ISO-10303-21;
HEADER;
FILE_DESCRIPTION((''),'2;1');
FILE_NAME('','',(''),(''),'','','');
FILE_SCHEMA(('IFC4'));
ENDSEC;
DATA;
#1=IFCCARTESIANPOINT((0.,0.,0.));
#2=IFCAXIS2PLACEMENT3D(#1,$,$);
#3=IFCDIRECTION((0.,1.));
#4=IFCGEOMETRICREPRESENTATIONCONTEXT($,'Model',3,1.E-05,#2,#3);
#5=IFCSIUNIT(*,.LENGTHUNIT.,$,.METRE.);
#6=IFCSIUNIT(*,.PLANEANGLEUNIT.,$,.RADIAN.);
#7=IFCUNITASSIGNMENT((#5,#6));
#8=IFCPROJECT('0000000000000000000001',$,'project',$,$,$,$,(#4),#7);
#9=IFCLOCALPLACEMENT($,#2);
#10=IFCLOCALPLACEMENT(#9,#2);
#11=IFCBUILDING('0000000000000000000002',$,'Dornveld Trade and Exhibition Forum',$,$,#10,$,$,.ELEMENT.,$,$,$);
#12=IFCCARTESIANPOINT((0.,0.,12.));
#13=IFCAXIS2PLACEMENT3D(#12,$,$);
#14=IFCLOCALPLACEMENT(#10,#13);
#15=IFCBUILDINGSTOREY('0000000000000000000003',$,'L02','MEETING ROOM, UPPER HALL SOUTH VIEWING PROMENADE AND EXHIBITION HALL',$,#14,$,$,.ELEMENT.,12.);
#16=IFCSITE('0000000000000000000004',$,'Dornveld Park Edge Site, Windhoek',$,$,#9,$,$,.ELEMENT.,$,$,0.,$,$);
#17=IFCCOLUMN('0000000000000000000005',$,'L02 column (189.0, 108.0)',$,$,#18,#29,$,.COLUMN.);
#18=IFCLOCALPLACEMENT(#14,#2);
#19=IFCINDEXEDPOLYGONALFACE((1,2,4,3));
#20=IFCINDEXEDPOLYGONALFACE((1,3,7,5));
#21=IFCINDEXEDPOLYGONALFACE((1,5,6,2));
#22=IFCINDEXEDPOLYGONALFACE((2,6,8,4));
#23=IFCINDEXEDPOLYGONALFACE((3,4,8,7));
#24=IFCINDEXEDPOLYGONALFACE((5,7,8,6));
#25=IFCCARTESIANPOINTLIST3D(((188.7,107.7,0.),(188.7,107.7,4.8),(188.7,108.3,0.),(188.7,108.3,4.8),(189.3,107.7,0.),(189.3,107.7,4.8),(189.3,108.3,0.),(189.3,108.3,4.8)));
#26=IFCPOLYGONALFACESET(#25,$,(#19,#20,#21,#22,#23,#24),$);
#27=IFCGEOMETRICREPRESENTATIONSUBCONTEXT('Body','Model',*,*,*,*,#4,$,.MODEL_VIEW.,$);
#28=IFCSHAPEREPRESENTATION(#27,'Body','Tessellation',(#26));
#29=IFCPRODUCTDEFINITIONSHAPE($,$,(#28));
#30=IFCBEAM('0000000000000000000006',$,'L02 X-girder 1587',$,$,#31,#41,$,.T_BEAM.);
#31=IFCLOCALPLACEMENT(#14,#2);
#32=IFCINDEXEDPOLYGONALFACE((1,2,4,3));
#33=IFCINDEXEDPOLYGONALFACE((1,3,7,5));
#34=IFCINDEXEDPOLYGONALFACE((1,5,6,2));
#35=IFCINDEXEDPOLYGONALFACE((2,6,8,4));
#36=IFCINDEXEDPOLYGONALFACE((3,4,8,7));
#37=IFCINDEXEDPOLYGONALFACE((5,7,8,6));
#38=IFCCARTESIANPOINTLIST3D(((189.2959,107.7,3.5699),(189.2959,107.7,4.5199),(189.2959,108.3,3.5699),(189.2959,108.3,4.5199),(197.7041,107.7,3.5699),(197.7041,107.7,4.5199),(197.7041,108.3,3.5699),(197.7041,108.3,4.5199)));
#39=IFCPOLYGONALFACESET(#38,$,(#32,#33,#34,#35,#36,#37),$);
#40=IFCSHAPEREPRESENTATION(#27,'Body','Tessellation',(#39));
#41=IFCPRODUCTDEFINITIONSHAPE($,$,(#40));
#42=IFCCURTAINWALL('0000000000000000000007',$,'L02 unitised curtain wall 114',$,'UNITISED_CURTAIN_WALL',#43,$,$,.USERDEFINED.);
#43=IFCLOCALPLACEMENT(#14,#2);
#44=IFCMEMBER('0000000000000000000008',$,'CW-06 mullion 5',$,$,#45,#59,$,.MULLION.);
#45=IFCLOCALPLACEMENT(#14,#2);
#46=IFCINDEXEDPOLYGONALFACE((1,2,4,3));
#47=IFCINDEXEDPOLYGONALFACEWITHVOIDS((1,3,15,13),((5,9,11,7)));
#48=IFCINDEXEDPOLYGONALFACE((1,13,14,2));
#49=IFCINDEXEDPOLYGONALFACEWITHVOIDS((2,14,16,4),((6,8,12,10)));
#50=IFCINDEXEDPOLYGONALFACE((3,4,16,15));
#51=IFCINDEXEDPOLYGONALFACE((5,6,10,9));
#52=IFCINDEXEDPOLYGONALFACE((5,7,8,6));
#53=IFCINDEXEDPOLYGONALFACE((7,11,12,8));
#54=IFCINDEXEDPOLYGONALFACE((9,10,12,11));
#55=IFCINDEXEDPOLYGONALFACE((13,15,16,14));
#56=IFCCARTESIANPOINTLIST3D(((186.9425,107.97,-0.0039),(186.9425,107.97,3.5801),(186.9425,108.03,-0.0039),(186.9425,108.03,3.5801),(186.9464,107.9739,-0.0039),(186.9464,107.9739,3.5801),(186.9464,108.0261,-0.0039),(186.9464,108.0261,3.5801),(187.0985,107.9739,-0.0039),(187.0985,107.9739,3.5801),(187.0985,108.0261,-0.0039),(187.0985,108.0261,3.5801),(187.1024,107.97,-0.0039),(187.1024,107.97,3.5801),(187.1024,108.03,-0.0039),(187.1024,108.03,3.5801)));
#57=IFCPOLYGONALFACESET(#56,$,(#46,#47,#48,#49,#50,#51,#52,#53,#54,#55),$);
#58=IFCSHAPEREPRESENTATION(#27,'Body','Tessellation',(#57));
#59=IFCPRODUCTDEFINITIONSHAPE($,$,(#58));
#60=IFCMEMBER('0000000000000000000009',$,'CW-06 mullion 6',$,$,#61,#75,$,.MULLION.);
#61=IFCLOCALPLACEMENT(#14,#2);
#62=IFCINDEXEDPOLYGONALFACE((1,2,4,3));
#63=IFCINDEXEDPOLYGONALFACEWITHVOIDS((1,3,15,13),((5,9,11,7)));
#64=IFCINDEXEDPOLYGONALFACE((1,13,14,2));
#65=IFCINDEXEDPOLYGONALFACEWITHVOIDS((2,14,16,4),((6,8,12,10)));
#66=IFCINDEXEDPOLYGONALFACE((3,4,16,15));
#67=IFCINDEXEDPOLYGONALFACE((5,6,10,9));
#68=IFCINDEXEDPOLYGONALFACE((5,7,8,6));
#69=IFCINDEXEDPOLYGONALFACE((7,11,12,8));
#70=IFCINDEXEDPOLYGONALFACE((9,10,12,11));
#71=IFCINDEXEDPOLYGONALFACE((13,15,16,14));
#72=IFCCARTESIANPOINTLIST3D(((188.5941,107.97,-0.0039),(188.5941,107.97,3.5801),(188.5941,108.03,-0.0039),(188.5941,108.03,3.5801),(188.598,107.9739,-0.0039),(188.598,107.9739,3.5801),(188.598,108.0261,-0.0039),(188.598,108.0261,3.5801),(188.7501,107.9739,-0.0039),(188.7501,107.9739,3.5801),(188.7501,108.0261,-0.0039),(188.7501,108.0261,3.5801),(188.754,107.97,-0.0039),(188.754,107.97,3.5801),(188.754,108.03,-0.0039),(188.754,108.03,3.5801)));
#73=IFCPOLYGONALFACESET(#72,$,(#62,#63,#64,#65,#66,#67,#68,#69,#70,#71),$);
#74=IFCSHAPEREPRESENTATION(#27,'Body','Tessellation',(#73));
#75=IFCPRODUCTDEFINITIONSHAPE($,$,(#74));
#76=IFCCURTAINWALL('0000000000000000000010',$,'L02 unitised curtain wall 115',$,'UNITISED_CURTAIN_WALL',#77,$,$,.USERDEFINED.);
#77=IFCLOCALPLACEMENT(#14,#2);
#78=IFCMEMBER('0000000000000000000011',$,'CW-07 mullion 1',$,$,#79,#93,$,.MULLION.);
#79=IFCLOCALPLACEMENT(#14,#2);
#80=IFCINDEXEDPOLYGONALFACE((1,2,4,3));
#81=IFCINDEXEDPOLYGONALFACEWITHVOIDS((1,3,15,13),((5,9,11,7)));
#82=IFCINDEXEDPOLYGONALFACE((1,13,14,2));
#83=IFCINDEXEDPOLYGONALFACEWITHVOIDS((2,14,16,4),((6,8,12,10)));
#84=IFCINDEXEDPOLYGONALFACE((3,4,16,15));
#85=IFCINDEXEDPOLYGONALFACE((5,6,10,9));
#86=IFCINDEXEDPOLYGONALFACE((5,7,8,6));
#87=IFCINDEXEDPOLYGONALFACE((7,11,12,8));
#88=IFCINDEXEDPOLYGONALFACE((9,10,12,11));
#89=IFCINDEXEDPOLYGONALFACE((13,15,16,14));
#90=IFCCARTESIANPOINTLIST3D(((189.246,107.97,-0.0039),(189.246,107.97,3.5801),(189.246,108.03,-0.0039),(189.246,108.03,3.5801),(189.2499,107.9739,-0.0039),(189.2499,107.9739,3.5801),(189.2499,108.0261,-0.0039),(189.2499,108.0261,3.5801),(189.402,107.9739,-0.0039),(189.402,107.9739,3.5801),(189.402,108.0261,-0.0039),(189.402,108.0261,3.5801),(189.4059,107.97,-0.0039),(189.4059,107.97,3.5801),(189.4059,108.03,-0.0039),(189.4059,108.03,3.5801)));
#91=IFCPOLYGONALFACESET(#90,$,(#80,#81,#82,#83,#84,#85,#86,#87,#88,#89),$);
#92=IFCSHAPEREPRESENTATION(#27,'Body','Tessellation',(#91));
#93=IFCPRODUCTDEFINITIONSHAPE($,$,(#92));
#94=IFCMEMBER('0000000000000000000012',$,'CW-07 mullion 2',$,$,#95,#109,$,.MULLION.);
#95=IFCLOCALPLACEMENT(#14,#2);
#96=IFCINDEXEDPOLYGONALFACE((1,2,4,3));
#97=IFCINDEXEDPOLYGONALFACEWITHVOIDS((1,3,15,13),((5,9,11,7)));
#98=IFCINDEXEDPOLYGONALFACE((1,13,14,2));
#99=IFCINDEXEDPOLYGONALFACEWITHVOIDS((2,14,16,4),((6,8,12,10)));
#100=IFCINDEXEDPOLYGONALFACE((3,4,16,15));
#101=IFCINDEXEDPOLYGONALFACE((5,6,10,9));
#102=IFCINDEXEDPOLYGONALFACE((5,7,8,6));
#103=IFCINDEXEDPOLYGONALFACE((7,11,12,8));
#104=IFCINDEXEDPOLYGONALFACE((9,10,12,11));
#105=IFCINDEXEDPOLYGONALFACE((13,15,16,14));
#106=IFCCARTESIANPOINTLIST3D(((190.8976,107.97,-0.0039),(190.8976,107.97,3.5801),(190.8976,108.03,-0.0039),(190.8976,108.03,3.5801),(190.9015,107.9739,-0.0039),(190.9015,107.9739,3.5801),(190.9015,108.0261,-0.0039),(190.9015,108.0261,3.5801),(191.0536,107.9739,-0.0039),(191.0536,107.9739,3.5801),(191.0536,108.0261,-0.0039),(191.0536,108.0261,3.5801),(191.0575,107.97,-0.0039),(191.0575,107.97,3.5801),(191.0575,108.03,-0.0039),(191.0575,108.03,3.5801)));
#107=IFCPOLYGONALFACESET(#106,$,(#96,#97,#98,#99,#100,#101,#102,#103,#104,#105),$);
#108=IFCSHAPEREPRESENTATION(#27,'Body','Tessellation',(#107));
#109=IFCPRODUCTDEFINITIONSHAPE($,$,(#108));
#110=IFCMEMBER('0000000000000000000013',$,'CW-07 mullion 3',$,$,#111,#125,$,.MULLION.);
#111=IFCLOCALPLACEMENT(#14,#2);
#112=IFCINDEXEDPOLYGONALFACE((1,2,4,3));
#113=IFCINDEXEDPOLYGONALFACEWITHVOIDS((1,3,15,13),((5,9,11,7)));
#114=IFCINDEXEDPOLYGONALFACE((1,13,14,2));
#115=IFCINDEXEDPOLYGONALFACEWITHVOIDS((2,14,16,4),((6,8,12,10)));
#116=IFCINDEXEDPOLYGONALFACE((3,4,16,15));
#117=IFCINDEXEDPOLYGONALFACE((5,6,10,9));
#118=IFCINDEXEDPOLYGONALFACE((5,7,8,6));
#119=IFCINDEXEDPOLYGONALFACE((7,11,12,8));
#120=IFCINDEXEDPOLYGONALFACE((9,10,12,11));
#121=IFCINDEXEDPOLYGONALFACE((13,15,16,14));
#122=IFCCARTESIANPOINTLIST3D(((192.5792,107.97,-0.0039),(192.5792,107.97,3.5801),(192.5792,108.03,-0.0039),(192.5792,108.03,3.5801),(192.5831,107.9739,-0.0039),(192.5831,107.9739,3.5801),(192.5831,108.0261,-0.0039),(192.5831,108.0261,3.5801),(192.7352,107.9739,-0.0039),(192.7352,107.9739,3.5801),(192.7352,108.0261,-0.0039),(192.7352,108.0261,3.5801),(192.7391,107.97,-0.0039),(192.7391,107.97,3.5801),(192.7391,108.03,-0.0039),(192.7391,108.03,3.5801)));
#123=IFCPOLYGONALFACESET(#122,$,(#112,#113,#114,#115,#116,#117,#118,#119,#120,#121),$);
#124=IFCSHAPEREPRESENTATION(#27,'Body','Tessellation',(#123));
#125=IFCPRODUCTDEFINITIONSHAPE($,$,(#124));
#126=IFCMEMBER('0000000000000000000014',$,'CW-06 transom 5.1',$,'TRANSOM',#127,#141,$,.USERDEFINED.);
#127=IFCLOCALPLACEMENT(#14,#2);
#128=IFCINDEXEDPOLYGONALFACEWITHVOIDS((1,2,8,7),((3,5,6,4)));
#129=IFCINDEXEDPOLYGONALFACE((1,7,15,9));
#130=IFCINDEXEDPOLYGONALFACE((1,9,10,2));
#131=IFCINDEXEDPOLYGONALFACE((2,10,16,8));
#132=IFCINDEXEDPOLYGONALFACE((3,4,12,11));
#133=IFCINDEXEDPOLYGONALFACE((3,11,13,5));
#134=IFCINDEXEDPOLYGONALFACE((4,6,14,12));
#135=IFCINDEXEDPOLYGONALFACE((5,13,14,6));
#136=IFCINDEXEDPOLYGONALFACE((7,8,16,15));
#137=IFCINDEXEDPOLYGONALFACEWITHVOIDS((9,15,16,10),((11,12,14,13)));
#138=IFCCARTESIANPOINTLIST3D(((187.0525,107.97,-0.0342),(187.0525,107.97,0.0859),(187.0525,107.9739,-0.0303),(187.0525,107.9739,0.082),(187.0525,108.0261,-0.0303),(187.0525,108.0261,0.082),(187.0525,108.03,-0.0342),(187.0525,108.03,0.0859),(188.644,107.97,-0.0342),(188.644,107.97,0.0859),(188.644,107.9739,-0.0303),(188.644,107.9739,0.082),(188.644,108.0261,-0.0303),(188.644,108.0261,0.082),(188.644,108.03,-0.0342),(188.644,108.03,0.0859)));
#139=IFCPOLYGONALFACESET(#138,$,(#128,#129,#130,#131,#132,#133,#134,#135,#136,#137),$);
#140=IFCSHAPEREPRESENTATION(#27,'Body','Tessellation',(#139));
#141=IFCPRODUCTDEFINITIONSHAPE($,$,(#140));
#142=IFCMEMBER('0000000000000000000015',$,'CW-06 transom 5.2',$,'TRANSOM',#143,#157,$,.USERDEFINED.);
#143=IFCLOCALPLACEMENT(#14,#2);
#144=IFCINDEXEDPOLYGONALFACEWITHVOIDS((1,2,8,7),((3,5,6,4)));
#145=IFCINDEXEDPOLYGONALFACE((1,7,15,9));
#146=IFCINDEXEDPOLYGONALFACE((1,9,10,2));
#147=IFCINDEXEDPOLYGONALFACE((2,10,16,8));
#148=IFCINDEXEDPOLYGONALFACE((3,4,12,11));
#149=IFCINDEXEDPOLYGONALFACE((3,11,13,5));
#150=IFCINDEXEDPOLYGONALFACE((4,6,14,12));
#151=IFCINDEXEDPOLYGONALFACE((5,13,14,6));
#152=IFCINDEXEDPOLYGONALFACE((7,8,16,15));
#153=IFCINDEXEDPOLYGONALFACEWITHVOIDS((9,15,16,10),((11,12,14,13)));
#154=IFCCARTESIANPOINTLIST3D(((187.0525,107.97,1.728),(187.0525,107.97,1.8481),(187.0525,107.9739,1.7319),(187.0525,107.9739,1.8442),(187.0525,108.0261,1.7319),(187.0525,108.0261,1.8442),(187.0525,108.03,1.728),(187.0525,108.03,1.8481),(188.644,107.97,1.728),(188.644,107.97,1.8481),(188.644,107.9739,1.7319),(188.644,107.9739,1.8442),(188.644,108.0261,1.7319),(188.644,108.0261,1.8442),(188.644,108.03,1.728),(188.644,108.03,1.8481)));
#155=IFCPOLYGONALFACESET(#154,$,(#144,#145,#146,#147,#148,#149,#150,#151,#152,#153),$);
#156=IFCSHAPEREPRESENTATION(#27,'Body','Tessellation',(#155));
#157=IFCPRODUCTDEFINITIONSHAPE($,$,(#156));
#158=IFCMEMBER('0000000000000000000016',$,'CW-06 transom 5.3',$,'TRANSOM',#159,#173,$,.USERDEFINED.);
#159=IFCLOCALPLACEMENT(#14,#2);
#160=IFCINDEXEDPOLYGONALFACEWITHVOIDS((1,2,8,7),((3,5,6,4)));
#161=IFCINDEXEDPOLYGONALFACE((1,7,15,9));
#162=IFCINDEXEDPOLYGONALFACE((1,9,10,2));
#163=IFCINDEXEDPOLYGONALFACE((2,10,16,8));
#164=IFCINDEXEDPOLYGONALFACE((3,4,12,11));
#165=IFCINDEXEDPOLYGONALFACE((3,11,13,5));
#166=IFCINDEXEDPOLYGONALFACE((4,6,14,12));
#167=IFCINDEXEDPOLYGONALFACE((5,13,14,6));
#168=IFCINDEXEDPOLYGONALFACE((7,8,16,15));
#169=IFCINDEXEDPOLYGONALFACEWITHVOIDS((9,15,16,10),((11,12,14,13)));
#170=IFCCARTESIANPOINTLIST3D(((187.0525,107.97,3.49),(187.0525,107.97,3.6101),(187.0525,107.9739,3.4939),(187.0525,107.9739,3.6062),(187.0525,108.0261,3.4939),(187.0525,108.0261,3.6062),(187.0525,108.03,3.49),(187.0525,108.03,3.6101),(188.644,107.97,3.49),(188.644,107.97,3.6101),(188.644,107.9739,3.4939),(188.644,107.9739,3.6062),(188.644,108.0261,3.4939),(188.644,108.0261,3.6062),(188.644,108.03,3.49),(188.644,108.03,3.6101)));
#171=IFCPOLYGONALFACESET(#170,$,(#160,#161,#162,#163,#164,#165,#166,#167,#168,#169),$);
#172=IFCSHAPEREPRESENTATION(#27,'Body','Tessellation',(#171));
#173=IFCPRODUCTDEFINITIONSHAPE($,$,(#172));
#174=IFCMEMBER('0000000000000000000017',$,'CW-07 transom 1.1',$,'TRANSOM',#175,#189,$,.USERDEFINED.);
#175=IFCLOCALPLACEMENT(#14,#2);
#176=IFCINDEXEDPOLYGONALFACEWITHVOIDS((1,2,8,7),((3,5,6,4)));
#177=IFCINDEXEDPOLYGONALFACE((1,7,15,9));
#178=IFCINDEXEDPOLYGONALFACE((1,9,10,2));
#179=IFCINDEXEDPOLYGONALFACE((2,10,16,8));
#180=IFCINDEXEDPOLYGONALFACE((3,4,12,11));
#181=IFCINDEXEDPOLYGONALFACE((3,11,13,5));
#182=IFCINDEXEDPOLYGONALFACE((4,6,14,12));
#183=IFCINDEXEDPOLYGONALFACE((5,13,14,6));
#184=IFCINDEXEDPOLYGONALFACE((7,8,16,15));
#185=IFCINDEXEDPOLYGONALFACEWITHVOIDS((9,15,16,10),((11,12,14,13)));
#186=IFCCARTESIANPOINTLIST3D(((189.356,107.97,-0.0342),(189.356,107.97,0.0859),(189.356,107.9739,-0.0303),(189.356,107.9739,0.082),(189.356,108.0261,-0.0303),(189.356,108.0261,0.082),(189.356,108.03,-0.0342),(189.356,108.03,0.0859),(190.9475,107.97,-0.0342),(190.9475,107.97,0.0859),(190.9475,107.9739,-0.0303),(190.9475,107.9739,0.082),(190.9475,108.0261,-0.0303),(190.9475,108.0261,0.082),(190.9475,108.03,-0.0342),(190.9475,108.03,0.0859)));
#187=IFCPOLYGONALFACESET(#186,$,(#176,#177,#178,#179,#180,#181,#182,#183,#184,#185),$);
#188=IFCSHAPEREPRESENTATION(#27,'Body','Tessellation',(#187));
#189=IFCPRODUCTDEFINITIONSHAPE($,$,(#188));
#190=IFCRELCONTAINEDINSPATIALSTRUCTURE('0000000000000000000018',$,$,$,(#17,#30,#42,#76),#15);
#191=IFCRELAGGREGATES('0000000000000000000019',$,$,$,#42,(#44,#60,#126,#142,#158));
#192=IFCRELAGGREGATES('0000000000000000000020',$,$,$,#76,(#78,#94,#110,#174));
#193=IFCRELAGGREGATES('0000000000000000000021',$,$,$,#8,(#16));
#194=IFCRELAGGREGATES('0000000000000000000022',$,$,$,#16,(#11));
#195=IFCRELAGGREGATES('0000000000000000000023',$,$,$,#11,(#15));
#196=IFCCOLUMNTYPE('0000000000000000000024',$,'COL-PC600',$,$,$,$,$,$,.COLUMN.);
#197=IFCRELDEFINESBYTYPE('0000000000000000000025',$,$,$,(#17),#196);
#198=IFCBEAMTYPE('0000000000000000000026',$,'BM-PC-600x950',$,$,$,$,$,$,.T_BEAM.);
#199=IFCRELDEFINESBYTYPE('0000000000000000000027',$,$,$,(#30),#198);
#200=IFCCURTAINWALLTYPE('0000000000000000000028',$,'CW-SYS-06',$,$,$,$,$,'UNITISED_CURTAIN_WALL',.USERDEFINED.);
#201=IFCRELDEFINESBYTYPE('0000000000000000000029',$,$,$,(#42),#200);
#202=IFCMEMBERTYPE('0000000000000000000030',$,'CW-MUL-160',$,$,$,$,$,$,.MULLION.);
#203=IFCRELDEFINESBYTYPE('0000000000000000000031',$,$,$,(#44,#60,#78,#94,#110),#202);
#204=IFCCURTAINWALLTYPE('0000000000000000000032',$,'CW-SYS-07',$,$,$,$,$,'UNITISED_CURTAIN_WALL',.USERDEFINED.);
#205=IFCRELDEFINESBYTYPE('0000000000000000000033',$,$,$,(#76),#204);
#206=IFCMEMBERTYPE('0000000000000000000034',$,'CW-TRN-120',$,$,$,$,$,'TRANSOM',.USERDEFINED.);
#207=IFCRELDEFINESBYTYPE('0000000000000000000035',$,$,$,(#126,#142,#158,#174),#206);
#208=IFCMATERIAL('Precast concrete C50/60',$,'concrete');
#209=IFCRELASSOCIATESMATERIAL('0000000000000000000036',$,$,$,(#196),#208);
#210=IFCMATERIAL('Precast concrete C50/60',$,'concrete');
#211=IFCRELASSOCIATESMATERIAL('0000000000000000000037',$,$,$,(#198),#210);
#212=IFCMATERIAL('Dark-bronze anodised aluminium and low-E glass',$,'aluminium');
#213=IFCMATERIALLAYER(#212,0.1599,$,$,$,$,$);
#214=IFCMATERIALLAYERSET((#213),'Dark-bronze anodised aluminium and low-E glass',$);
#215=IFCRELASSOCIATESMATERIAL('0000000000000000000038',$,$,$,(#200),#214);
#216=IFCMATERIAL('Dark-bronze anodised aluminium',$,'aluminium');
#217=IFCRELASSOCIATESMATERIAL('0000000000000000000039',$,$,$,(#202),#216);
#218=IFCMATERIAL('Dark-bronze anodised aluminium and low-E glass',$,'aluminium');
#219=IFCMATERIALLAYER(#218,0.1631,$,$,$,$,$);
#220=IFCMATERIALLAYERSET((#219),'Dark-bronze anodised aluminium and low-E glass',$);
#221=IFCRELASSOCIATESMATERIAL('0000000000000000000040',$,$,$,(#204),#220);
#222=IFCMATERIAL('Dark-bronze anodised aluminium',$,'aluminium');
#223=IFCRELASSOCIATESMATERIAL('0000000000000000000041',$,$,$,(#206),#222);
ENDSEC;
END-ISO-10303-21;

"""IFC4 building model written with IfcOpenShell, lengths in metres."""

from ifc_helpers import new_model, si_unit, direction, frame, origin, origin_2d, place, context, subcontext, project, spatial, rectangle, hollow_rectangle, extrude, material, layer, layer_set, material_profile, profile_set, type_object, element, aggregate, save


model = new_model("IFC4")

# Units and contexts
model_context = context("Model", 3, precision=1e-05, world=origin(), true_north=direction((0.0, 1.0)))
body_context = subcontext(model_context, "Body", "Model", "MODEL_VIEW")
ifc_project = project(units=[si_unit("LENGTHUNIT", "METRE"), si_unit("PLANEANGLEUNIT", "RADIAN")], contexts=[model_context])

# Site, building, storey
site_placement = place(None, origin())
site = spatial("IfcSite", under=ifc_project, at=site_placement, Name="Dornveld Park Edge Site, Windhoek", CompositionType="ELEMENT", RefElevation=0.0)
building_placement = place(site_placement, origin())
building = spatial("IfcBuilding", under=site, at=building_placement, Name="Dornveld Trade and Exhibition Forum", CompositionType="ELEMENT")
storey_placement = place(building_placement, frame((0.0, 0.0, 12.0)))
storey = spatial("IfcBuildingStorey", under=building, at=storey_placement, Name="L02", Description="MEETING ROOM, UPPER HALL SOUTH VIEWING PROMENADE AND EXHIBITION HALL", CompositionType="ELEMENT", Elevation=12.0)

# Column
ifc_material_1 = material(Name="Precast concrete C50/60", Category="concrete")
ifc_material_profile_1 = material_profile(ifc_material_1, rectangle(XDim=0.6001, YDim=0.6001, at=origin_2d()), Name="PC-COL 600x600")
ifc_profile_set_1 = profile_set([ifc_material_profile_1], Name="Precast concrete C50/60")
column_type = type_object("IfcColumnType", Name="COL-PC600", PredefinedType="COLUMN", material=ifc_profile_set_1)
column_placement = place(storey_placement, frame((189.0, 108.0, 0.0), z_axis=(0.0, 0.0, 1.0), x_axis=(1.0, 0.0, 0.0)))
element("IfcColumn", 1, at=column_placement, inside=storey, type_object=column_type, Name="L02 column (189.0, 108.0)", PredefinedType="COLUMN", context=body_context, shape_type="SweptSolid", body=[
    extrude(rectangle(XDim=0.6001, YDim=0.6001, at=origin_2d()), origin(), (0.0, 0.0, 1.0), 4.8),
])

# Beam
ifc_material_2 = material(Name="Precast concrete C50/60", Category="concrete")
ifc_material_profile_2 = material_profile(ifc_material_2, rectangle(XDim=0.6001, YDim=0.95, at=origin_2d()), Name="PC-GIR 600x950")
ifc_profile_set_2 = profile_set([ifc_material_profile_2], Name="Precast concrete C50/60")
beam_type = type_object("IfcBeamType", Name="BM-PC-600x950", PredefinedType="T_BEAM", material=ifc_profile_set_2)
beam_placement = place(storey_placement, frame((189.2959, 108.0, 4.0449), z_axis=(1.0, 0.0, 0.0), x_axis=(0.0, 1.0, 0.0)))
element("IfcBeam", 2, at=beam_placement, inside=storey, type_object=beam_type, Name="L02 X-girder 1587", PredefinedType="T_BEAM", context=body_context, shape_type="SweptSolid", body=[
    extrude(rectangle(XDim=0.6001, YDim=0.95, at=origin_2d()), origin(), (0.0, 0.0, 1.0), 8.4082),
])

# Curtain walls, members
ifc_material_3 = material(Name="Dark-bronze anodised aluminium and low-E glass", Category="aluminium")
ifc_layer_1 = layer(ifc_material_3, 0.1599)
ifc_layer_set_1 = layer_set([ifc_layer_1], Name="Dark-bronze anodised aluminium and low-E glass")
curtain_wall_type_1 = type_object("IfcCurtainWallType", Name="CW-SYS-06", ElementType="UNITISED_CURTAIN_WALL", PredefinedType="USERDEFINED", material=ifc_layer_set_1)
curtain_wall_1_placement = place(storey_placement, origin())
curtain_wall_1 = element("IfcCurtainWall", 3, at=curtain_wall_1_placement, inside=storey, type_object=curtain_wall_type_1, Name="L02 unitised curtain wall 114", ObjectType="UNITISED_CURTAIN_WALL", PredefinedType="USERDEFINED")
ifc_material_4 = material(Name="Dark-bronze anodised aluminium", Category="aluminium")
ifc_material_profile_3 = material_profile(ifc_material_4, hollow_rectangle(XDim=0.0601, YDim=0.1599, WallThickness=0.0039, at=origin_2d()), Name="RHS 160x60x4")
ifc_profile_set_3 = profile_set([ifc_material_profile_3], Name="Dark-bronze anodised aluminium")
member_type_1 = type_object("IfcMemberType", Name="CW-MUL-160", PredefinedType="MULLION", material=ifc_profile_set_3)
member_1_placement = place(storey_placement, frame((187.0225, 108.0, -0.0039), z_axis=(0.0, 0.0, 1.0), x_axis=(0.0, 1.0, 0.0)))
member_1 = element("IfcMember", 4, at=member_1_placement, type_object=member_type_1, Name="CW-06 mullion 5", PredefinedType="MULLION", context=body_context, shape_type="SweptSolid", body=[
    extrude(hollow_rectangle(XDim=0.0601, YDim=0.1599, WallThickness=0.0039, at=origin_2d()), origin(), (0.0, 0.0, 1.0), 3.584),
])
member_2_placement = place(storey_placement, frame((188.6741, 108.0, -0.0039), z_axis=(0.0, 0.0, 1.0), x_axis=(0.0, 1.0, 0.0)))
member_2 = element("IfcMember", 5, at=member_2_placement, type_object=member_type_1, Name="CW-06 mullion 6", PredefinedType="MULLION", context=body_context, shape_type="SweptSolid", body=[
    extrude(hollow_rectangle(XDim=0.0601, YDim=0.1599, WallThickness=0.0039, at=origin_2d()), origin(), (0.0, 0.0, 1.0), 3.584),
])
ifc_material_5 = material(Name="Dark-bronze anodised aluminium and low-E glass", Category="aluminium")
ifc_layer_2 = layer(ifc_material_5, 0.1631)
ifc_layer_set_2 = layer_set([ifc_layer_2], Name="Dark-bronze anodised aluminium and low-E glass")
curtain_wall_type_2 = type_object("IfcCurtainWallType", Name="CW-SYS-07", ElementType="UNITISED_CURTAIN_WALL", PredefinedType="USERDEFINED", material=ifc_layer_set_2)
curtain_wall_2_placement = place(storey_placement, origin())
curtain_wall_2 = element("IfcCurtainWall", 6, at=curtain_wall_2_placement, inside=storey, type_object=curtain_wall_type_2, Name="L02 unitised curtain wall 115", ObjectType="UNITISED_CURTAIN_WALL", PredefinedType="USERDEFINED")
member_3_placement = place(storey_placement, frame((189.3259, 108.0, -0.0039), z_axis=(0.0, 0.0, 1.0), x_axis=(0.0, 1.0, 0.0)))
member_3 = element("IfcMember", 7, at=member_3_placement, type_object=member_type_1, Name="CW-07 mullion 1", PredefinedType="MULLION", context=body_context, shape_type="SweptSolid", body=[
    extrude(hollow_rectangle(XDim=0.0601, YDim=0.1599, WallThickness=0.0039, at=origin_2d()), origin(), (0.0, 0.0, 1.0), 3.584),
])
member_4_placement = place(storey_placement, frame((190.9775, 108.0, -0.0039), z_axis=(0.0, 0.0, 1.0), x_axis=(0.0, 1.0, 0.0)))
member_4 = element("IfcMember", 8, at=member_4_placement, type_object=member_type_1, Name="CW-07 mullion 2", PredefinedType="MULLION", context=body_context, shape_type="SweptSolid", body=[
    extrude(hollow_rectangle(XDim=0.0601, YDim=0.1599, WallThickness=0.0039, at=origin_2d()), origin(), (0.0, 0.0, 1.0), 3.584),
])
member_5_placement = place(storey_placement, frame((192.6592, 108.0, -0.0039), z_axis=(0.0, 0.0, 1.0), x_axis=(0.0, 1.0, 0.0)))
member_5 = element("IfcMember", 9, at=member_5_placement, type_object=member_type_1, Name="CW-07 mullion 3", PredefinedType="MULLION", context=body_context, shape_type="SweptSolid", body=[
    extrude(hollow_rectangle(XDim=0.0601, YDim=0.1599, WallThickness=0.0039, at=origin_2d()), origin(), (0.0, 0.0, 1.0), 3.584),
])

# Members
ifc_material_6 = material(Name="Dark-bronze anodised aluminium", Category="aluminium")
ifc_material_profile_4 = material_profile(ifc_material_6, hollow_rectangle(XDim=0.0601, YDim=0.1201, WallThickness=0.0039, at=origin_2d()), Name="RHS 120x60x4")
ifc_profile_set_4 = profile_set([ifc_material_profile_4], Name="Dark-bronze anodised aluminium")
member_type_2 = type_object("IfcMemberType", Name="CW-TRN-120", ElementType="TRANSOM", PredefinedType="USERDEFINED", material=ifc_profile_set_4)
member_6_placement = place(storey_placement, frame((187.0525, 108.0, 0.0259), z_axis=(1.0, 0.0, 0.0), x_axis=(0.0, 1.0, 0.0)))
member_6 = element("IfcMember", 10, at=member_6_placement, type_object=member_type_2, Name="CW-06 transom 5.1", ObjectType="TRANSOM", PredefinedType="USERDEFINED", context=body_context, shape_type="SweptSolid", body=[
    extrude(hollow_rectangle(XDim=0.0601, YDim=0.1201, WallThickness=0.0039, at=origin_2d()), origin(), (0.0, 0.0, 1.0), 1.5916),
])
member_7_placement = place(storey_placement, frame((187.0525, 108.0, 1.7881), z_axis=(1.0, 0.0, 0.0), x_axis=(0.0, 1.0, 0.0)))
member_7 = element("IfcMember", 11, at=member_7_placement, type_object=member_type_2, Name="CW-06 transom 5.2", ObjectType="TRANSOM", PredefinedType="USERDEFINED", context=body_context, shape_type="SweptSolid", body=[
    extrude(hollow_rectangle(XDim=0.0601, YDim=0.1201, WallThickness=0.0039, at=origin_2d()), origin(), (0.0, 0.0, 1.0), 1.5916),
])
member_8_placement = place(storey_placement, frame((187.0525, 108.0, 3.55), z_axis=(1.0, 0.0, 0.0), x_axis=(0.0, 1.0, 0.0)))
member_8 = element("IfcMember", 12, at=member_8_placement, type_object=member_type_2, Name="CW-06 transom 5.3", ObjectType="TRANSOM", PredefinedType="USERDEFINED", context=body_context, shape_type="SweptSolid", body=[
    extrude(hollow_rectangle(XDim=0.0601, YDim=0.1201, WallThickness=0.0039, at=origin_2d()), origin(), (0.0, 0.0, 1.0), 1.5916),
])
member_9_placement = place(storey_placement, frame((189.356, 108.0, 0.0259), z_axis=(1.0, 0.0, 0.0), x_axis=(0.0, 1.0, 0.0)))
member_9 = element("IfcMember", 13, at=member_9_placement, type_object=member_type_2, Name="CW-07 transom 1.1", ObjectType="TRANSOM", PredefinedType="USERDEFINED", context=body_context, shape_type="SweptSolid", body=[
    extrude(hollow_rectangle(XDim=0.0601, YDim=0.1201, WallThickness=0.0039, at=origin_2d()), origin(), (0.0, 0.0, 1.0), 1.5916),
])

aggregate(curtain_wall_1, [member_1, member_2, member_6, member_7, member_8])
aggregate(curtain_wall_2, [member_3, member_4, member_5, member_9])

save(model, "model.ifc")
